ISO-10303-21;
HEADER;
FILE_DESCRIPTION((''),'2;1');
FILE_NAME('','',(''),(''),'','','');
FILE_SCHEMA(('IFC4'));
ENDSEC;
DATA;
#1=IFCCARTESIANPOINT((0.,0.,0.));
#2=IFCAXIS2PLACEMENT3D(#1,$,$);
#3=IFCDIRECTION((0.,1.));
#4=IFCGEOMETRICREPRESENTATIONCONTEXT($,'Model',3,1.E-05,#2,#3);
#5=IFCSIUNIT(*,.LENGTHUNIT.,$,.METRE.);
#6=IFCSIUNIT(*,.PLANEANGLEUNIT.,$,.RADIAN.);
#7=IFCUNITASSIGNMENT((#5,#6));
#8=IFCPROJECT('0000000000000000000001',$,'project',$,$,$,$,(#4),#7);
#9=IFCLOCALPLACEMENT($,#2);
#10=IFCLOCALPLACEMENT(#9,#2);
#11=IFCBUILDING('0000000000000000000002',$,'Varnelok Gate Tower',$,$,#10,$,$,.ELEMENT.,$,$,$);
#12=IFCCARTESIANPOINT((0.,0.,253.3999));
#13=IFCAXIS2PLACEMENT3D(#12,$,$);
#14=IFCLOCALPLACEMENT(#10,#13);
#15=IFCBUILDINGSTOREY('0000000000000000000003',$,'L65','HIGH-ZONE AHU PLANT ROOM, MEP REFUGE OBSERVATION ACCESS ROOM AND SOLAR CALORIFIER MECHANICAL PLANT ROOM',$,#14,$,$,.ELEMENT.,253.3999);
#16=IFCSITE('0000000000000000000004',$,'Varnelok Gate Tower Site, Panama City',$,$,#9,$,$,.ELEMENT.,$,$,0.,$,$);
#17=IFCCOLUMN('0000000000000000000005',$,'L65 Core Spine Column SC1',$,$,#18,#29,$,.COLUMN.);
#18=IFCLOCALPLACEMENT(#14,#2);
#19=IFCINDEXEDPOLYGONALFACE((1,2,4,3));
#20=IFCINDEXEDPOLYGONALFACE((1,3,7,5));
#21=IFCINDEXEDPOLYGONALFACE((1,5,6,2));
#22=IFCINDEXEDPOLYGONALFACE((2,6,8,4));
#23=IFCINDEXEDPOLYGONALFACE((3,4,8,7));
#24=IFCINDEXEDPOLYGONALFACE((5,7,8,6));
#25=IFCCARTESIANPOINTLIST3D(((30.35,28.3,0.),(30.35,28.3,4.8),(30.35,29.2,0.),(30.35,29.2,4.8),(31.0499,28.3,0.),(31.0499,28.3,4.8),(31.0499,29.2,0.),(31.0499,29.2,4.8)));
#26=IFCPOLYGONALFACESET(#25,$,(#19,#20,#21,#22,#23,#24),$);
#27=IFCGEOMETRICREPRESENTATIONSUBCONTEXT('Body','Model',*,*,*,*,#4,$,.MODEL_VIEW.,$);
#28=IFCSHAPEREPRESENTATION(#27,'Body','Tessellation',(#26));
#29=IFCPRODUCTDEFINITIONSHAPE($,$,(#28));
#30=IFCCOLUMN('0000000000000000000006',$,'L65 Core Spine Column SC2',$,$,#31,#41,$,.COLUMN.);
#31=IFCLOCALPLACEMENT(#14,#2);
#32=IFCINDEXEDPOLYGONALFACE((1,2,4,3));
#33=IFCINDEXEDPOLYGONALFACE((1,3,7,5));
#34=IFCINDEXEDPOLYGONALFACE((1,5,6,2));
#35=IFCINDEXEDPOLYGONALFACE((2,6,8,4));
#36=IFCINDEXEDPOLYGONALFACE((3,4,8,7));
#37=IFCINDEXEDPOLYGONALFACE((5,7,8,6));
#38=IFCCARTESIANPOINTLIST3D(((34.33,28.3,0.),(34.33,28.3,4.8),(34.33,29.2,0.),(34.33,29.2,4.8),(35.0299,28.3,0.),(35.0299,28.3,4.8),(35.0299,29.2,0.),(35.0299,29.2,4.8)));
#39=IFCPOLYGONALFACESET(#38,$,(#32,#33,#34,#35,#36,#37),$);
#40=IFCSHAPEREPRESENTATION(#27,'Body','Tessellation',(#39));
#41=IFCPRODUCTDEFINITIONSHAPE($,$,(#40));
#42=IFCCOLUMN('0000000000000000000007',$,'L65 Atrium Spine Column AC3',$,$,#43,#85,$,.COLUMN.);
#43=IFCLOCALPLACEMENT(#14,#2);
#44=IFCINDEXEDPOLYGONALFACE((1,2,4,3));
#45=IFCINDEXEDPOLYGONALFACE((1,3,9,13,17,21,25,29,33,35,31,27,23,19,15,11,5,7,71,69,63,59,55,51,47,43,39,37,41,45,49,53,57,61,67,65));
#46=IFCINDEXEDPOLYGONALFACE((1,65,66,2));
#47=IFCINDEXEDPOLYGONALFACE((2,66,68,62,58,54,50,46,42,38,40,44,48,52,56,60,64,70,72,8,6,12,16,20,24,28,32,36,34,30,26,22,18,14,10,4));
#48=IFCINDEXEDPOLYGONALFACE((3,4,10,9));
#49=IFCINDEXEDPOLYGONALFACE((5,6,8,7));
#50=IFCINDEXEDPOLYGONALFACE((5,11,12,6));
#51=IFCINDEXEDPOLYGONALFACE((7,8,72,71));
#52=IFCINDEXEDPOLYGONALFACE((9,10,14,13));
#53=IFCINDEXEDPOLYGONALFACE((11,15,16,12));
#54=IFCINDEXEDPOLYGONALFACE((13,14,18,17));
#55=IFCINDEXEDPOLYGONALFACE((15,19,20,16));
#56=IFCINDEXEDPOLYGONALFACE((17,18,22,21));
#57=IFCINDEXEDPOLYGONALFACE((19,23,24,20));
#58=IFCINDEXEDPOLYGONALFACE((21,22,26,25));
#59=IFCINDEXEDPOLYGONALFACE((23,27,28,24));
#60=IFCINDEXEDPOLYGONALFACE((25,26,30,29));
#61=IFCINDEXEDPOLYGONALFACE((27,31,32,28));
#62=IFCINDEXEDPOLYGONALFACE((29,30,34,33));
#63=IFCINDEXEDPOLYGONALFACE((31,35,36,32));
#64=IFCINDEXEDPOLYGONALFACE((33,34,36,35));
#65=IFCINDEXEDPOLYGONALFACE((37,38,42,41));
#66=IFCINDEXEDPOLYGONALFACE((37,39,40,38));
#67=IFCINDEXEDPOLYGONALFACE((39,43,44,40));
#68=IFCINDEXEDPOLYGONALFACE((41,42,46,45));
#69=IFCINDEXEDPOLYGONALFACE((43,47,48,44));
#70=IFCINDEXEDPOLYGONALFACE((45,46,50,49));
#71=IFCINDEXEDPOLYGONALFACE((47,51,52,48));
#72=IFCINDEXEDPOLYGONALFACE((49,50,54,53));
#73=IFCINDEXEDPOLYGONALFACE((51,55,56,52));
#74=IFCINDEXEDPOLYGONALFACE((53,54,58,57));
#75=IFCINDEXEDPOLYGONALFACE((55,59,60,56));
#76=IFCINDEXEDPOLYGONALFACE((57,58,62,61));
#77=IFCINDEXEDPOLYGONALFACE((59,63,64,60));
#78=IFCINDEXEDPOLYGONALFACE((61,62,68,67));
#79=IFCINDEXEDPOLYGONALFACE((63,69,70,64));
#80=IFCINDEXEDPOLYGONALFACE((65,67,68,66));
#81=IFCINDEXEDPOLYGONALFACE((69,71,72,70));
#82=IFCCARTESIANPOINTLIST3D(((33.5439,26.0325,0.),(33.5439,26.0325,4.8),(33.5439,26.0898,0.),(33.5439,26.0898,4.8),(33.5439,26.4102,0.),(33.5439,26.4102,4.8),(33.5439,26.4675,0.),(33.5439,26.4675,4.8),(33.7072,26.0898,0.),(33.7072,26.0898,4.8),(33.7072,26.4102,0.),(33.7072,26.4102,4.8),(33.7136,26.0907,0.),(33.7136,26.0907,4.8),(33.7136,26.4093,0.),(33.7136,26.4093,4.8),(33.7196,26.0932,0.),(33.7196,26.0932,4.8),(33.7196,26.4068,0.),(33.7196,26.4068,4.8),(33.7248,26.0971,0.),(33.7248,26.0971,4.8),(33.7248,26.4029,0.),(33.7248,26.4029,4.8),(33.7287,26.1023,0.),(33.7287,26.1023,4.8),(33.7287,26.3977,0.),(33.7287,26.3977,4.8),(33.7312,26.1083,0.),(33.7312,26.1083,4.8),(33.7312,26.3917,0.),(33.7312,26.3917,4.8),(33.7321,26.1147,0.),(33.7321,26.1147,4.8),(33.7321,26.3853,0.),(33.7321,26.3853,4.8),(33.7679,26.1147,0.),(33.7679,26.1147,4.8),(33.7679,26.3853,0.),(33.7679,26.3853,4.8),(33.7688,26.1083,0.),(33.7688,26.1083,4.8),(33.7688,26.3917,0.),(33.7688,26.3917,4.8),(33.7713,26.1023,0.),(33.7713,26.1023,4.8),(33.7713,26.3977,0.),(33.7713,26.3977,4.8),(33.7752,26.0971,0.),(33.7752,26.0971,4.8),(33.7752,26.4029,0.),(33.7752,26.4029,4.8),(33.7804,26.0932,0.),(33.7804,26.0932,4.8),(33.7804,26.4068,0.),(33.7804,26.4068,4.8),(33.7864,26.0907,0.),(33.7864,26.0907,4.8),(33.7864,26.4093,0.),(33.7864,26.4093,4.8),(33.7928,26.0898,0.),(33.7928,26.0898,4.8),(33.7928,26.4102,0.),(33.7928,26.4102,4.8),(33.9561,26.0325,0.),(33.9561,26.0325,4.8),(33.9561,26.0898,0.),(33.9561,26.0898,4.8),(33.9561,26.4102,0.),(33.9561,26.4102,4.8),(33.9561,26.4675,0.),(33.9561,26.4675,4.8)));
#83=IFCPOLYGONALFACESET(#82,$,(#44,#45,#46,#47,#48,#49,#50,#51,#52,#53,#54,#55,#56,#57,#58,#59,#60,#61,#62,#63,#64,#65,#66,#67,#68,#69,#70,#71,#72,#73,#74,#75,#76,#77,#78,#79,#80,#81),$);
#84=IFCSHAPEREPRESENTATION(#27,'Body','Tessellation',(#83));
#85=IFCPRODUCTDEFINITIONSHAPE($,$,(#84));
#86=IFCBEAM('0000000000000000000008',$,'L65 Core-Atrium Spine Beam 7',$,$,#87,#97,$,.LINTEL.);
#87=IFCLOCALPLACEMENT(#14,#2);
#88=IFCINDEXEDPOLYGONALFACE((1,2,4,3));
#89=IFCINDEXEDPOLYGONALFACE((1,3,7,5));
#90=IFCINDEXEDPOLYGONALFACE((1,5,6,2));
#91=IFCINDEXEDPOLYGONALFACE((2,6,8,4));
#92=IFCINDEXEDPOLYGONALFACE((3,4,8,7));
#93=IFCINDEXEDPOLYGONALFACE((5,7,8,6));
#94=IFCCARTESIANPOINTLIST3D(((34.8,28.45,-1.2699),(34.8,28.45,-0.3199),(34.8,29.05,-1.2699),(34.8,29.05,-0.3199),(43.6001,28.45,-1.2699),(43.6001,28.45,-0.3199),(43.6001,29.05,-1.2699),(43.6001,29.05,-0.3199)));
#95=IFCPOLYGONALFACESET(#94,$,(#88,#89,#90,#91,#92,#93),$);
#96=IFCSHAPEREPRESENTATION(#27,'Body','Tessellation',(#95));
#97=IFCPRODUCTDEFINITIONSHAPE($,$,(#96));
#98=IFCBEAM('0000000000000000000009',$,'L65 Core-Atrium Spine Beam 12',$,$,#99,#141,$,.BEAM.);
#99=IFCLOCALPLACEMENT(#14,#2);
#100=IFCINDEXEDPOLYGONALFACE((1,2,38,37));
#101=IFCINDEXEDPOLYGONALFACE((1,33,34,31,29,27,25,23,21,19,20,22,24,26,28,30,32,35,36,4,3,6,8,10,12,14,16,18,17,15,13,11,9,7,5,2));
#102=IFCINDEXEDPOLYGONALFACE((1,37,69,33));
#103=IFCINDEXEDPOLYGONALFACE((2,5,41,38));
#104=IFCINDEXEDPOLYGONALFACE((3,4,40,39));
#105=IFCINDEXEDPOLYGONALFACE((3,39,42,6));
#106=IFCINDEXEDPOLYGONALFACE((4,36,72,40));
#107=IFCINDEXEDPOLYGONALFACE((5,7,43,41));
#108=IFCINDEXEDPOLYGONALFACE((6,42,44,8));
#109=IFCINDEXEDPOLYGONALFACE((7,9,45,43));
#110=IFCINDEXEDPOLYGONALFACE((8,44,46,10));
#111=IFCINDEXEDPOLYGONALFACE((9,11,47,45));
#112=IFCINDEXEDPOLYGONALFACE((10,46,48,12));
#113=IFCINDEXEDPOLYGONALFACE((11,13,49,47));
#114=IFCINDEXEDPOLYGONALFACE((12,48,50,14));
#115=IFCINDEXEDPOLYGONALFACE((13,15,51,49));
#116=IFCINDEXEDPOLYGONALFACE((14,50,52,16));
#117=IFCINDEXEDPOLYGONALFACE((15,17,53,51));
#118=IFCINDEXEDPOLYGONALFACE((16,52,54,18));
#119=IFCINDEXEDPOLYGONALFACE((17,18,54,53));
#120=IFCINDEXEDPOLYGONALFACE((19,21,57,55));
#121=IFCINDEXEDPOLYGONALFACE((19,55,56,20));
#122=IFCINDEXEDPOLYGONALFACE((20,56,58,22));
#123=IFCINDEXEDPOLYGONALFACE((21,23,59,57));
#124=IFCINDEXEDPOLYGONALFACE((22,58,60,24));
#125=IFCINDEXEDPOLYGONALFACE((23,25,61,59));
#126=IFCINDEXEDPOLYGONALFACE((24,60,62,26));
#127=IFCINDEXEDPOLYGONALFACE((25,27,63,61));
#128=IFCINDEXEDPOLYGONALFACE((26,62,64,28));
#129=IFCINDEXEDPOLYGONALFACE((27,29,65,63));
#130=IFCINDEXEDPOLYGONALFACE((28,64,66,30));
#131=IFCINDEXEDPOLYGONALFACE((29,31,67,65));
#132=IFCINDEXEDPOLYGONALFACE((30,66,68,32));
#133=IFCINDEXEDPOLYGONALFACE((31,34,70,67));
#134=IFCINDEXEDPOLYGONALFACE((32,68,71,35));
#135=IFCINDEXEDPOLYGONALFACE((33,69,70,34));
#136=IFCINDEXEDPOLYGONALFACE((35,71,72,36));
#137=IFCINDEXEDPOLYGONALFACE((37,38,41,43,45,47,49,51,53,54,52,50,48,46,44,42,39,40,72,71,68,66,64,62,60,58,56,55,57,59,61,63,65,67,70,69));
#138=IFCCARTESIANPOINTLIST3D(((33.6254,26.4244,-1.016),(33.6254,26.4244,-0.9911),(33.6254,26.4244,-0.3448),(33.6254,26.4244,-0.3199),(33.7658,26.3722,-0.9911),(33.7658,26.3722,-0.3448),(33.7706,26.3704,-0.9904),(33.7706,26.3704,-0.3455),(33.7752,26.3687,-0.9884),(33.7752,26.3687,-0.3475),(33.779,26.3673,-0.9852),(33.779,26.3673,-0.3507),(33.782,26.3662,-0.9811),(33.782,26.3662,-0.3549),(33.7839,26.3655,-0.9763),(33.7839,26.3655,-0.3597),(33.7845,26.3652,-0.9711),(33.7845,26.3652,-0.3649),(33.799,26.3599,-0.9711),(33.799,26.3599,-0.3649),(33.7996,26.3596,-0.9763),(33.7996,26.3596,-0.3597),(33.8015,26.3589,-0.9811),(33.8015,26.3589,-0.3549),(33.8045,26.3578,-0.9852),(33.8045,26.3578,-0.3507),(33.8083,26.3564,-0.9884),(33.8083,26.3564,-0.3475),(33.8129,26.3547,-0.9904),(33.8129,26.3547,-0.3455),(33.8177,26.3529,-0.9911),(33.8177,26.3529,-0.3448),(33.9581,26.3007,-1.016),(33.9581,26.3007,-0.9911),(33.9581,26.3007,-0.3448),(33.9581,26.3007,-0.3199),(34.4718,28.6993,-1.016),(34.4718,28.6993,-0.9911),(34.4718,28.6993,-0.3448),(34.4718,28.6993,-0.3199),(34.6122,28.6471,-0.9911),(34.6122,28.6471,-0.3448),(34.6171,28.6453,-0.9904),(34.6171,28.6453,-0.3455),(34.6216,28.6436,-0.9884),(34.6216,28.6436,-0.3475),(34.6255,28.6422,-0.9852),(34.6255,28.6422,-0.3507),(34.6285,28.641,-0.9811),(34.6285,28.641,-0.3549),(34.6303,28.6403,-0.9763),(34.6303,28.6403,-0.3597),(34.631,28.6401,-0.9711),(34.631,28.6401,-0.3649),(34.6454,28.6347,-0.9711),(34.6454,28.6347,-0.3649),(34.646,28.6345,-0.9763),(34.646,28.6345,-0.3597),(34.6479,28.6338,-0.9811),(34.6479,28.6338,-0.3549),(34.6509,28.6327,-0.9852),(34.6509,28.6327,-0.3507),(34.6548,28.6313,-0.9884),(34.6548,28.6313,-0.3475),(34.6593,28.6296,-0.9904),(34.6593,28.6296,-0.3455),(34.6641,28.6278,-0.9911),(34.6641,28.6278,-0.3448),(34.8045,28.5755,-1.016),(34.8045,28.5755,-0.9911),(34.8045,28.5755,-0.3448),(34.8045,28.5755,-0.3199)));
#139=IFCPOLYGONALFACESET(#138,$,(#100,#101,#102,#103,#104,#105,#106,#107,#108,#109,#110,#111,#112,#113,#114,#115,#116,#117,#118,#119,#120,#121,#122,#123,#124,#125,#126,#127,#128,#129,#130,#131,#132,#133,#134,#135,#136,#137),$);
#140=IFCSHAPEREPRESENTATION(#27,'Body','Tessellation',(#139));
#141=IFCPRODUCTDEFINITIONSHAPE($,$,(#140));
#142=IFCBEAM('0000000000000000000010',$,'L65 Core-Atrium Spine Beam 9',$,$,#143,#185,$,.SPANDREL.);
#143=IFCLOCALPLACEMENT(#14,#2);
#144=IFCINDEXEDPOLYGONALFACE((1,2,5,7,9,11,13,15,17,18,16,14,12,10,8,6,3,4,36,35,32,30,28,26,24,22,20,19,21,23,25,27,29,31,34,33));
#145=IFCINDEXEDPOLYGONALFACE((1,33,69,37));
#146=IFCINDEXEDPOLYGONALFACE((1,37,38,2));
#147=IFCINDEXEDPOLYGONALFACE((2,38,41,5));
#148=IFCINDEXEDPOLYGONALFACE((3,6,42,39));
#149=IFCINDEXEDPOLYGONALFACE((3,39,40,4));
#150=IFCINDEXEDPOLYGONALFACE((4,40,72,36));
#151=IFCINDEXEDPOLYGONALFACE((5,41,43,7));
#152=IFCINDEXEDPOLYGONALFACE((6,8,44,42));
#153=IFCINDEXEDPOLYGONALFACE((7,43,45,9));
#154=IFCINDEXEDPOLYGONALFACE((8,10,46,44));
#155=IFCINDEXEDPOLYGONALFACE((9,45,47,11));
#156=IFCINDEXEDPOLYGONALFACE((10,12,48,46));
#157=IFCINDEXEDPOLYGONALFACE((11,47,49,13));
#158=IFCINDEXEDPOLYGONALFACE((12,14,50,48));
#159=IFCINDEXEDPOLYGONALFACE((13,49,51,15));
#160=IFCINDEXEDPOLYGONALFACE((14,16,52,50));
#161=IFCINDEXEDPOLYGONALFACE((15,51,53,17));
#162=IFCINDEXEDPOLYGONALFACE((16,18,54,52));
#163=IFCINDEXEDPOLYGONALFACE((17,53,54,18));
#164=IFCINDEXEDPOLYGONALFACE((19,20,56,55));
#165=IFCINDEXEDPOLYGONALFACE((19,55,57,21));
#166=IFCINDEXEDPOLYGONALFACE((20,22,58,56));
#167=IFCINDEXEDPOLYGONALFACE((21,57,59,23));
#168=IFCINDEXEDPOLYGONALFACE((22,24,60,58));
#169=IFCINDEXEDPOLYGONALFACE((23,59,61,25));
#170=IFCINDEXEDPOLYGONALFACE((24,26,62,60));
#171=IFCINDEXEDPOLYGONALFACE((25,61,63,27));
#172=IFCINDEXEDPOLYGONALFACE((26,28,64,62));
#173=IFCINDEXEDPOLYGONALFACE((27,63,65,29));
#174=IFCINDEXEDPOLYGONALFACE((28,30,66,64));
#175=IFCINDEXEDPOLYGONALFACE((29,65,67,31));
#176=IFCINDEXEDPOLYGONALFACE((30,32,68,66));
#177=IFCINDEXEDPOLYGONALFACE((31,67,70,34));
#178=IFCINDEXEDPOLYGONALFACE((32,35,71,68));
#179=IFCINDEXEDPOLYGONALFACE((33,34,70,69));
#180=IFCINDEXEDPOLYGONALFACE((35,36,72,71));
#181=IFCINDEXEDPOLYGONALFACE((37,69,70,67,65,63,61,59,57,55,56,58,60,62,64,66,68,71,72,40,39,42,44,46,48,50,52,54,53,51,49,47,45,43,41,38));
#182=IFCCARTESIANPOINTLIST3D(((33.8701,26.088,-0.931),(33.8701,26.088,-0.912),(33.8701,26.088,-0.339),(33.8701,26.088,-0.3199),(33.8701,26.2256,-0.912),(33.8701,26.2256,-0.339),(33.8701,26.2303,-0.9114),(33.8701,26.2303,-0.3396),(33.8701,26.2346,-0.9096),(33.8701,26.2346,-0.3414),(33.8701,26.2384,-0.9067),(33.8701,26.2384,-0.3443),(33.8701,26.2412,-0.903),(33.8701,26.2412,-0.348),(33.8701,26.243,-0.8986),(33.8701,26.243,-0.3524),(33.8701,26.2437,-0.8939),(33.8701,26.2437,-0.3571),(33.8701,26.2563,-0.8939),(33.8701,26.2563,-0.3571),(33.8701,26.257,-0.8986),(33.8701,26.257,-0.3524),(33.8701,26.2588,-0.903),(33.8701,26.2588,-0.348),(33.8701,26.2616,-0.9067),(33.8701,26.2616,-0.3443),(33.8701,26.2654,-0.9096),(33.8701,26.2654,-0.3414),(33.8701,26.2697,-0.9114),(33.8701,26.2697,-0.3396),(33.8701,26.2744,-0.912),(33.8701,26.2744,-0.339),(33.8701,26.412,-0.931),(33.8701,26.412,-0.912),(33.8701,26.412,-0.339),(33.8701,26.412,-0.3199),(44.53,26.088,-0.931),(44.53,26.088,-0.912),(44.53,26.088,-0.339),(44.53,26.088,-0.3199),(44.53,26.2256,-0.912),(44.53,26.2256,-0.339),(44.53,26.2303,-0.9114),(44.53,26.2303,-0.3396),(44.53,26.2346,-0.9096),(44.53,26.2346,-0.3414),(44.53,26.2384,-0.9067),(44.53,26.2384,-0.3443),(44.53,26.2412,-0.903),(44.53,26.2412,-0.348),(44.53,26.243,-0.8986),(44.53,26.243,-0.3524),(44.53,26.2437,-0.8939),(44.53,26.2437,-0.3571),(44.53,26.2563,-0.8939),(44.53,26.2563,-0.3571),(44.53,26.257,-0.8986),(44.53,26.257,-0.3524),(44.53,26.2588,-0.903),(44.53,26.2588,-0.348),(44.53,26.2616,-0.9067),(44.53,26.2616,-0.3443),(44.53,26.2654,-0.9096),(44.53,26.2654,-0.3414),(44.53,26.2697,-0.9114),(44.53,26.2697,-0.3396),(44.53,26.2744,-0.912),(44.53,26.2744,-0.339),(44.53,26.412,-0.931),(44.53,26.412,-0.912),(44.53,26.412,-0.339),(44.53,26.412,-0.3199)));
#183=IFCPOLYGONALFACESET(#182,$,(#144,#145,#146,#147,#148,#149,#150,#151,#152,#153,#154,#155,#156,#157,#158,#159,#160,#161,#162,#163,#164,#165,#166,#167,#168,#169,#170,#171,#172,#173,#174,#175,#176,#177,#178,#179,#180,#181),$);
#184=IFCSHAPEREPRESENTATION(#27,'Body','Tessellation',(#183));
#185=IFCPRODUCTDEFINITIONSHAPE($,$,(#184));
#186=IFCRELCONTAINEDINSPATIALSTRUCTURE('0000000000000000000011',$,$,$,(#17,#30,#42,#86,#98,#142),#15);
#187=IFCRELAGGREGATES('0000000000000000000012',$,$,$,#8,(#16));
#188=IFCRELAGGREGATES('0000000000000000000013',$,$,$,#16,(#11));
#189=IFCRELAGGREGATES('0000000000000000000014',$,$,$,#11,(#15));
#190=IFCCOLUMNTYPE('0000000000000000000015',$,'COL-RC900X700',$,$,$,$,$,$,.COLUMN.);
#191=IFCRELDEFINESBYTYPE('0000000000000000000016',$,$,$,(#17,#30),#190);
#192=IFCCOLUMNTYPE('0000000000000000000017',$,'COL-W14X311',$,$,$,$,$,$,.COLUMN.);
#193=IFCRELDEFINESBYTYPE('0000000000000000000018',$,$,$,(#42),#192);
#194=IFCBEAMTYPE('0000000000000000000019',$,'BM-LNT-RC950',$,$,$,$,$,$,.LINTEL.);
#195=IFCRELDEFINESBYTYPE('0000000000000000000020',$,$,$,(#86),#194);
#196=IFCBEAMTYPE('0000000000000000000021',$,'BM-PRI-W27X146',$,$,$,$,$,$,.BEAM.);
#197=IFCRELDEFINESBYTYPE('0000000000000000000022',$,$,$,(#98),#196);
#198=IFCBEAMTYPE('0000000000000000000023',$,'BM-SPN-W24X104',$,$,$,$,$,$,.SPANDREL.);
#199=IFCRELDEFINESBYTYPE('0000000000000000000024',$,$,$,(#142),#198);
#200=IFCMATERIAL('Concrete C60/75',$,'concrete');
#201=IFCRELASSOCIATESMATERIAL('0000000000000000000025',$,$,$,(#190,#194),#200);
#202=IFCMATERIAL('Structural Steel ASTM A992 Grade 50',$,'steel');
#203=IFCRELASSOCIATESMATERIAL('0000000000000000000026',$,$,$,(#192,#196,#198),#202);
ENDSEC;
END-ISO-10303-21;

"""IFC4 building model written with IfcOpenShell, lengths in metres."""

from ifc_helpers import new_model, si_unit, direction, frame, origin, origin_2d, place, context, subcontext, project, spatial, rectangle, i_section, extrude, material, material_profile, profile_set, type_object, element, save


model = new_model("IFC4")

# Units and contexts
model_context = context("Model", 3, precision=1e-05, world=origin(), true_north=direction((0.0, 1.0)))
body_context = subcontext(model_context, "Body", "Model", "MODEL_VIEW")
ifc_project = project(units=[si_unit("LENGTHUNIT", "METRE"), si_unit("PLANEANGLEUNIT", "RADIAN")], contexts=[model_context])

# Site, building, storey
site_placement = place(None, origin())
site = spatial("IfcSite", under=ifc_project, at=site_placement, Name="Varnelok Gate Tower Site, Panama City", CompositionType="ELEMENT", RefElevation=0.0)
building_placement = place(site_placement, origin())
building = spatial("IfcBuilding", under=site, at=building_placement, Name="Varnelok Gate Tower", CompositionType="ELEMENT")
storey_placement = place(building_placement, frame((0.0, 0.0, 253.3999)))
storey = spatial("IfcBuildingStorey", under=building, at=storey_placement, Name="L65", Description="HIGH-ZONE AHU PLANT ROOM, MEP REFUGE OBSERVATION ACCESS ROOM AND SOLAR CALORIFIER MECHANICAL PLANT ROOM", CompositionType="ELEMENT", Elevation=253.3999)

# Columns
ifc_material_1 = material(Name="Concrete C60/75", Category="concrete")
ifc_material_profile_1 = material_profile(ifc_material_1, rectangle(XDim=0.7, YDim=0.8999, at=origin_2d()), Name="RC900X700")
ifc_profile_set_1 = profile_set([ifc_material_profile_1], Name="Concrete C60/75")
column_type_1 = type_object("IfcColumnType", Name="COL-RC900X700", PredefinedType="COLUMN", material=ifc_profile_set_1)
for number, where, z_axis, x_axis, name in (
    (1, (30.7, 28.75, 0.0), (0.0, 0.0, 1.0), (1.0, 0.0, 0.0), "L65 Core Spine Column SC1"),
    (2, (34.6799, 28.75, 0.0), (0.0, 0.0, 1.0), (1.0, 0.0, 0.0), "L65 Core Spine Column SC2"),
):
    element("IfcColumn", number, at=place(storey_placement, frame(where, z_axis=z_axis, x_axis=x_axis)), inside=storey, type_object=column_type_1, Name=name, PredefinedType="COLUMN", context=body_context, shape_type="SweptSolid", body=[
        extrude(rectangle(XDim=0.7, YDim=0.8999, at=origin_2d()), origin(), (0.0, 0.0, 1.0), 4.8),
    ])
ifc_material_2 = material(Name="Structural Steel ASTM A992 Grade 50", Category="steel")
ifc_material_profile_2 = material_profile(ifc_material_2, i_section(OverallWidth=0.4121, OverallDepth=0.4351, WebThickness=0.0359, FlangeThickness=0.0574, FilletRadius=0.0249, at=origin_2d()), Name="W14X311")
ifc_profile_set_2 = profile_set([ifc_material_profile_2], Name="Structural Steel ASTM A992 Grade 50")
column_type_2 = type_object("IfcColumnType", Name="COL-W14X311", PredefinedType="COLUMN", material=ifc_profile_set_2)
column_placement = place(storey_placement, frame((33.75, 26.25, 0.0), z_axis=(0.0, 0.0, 1.0), x_axis=(1.0, 0.0, 0.0)))
element("IfcColumn", 3, at=column_placement, inside=storey, type_object=column_type_2, Name="L65 Atrium Spine Column AC3", PredefinedType="COLUMN", context=body_context, shape_type="SweptSolid", body=[
    extrude(i_section(OverallWidth=0.4121, OverallDepth=0.4351, WebThickness=0.0359, FlangeThickness=0.0574, FilletRadius=0.0249, at=origin_2d()), origin(), (0.0, 0.0, 1.0), 4.8),
])

# Beams
ifc_material_profile_3 = material_profile(ifc_material_1, rectangle(XDim=0.6001, YDim=0.95, at=origin_2d()), Name="RC950X600")
ifc_profile_set_3 = profile_set([ifc_material_profile_3], Name="Concrete C60/75")
beam_type_1 = type_object("IfcBeamType", Name="BM-LNT-RC950", PredefinedType="LINTEL", material=ifc_profile_set_3)
beam_1_placement = place(storey_placement, frame((34.8, 28.75, -0.7949), z_axis=(1.0, 0.0, 0.0), x_axis=(0.0, 1.0, 0.0)))
element("IfcBeam", 4, at=beam_1_placement, inside=storey, type_object=beam_type_1, Name="L65 Core-Atrium Spine Beam 7", PredefinedType="LINTEL", context=body_context, shape_type="SweptSolid", body=[
    extrude(rectangle(XDim=0.6001, YDim=0.95, at=origin_2d()), origin(), (0.0, 0.0, 1.0), 8.8),
])
ifc_material_profile_4 = material_profile(ifc_material_2, i_section(OverallWidth=0.355, OverallDepth=0.696, WebThickness=0.0154, FlangeThickness=0.0249, FilletRadius=0.02, at=origin_2d()), Name="W27X146")
ifc_profile_set_4 = profile_set([ifc_material_profile_4], Name="Structural Steel ASTM A992 Grade 50")
beam_type_2 = type_object("IfcBeamType", Name="BM-PRI-W27X146", PredefinedType="BEAM", material=ifc_profile_set_4)
beam_2_placement = place(storey_placement, frame((33.7917, 26.3625, -0.668), z_axis=(0.348719, 0.937227, 0.0), x_axis=(-0.937227, 0.348719, 0.0)))
element("IfcBeam", 5, at=beam_2_placement, inside=storey, type_object=beam_type_2, Name="L65 Core-Atrium Spine Beam 12", PredefinedType="BEAM", context=body_context, shape_type="SweptSolid", body=[
    extrude(i_section(OverallWidth=0.355, OverallDepth=0.696, WebThickness=0.0154, FlangeThickness=0.0249, FilletRadius=0.02, at=origin_2d()), origin(), (0.0, 0.0, 1.0), 2.4272),
])
ifc_material_profile_5 = material_profile(ifc_material_2, i_section(OverallWidth=0.324, OverallDepth=0.6111, WebThickness=0.0127, FlangeThickness=0.019, FilletRadius=0.0181, at=origin_2d()), Name="W24X104")
ifc_profile_set_5 = profile_set([ifc_material_profile_5], Name="Structural Steel ASTM A992 Grade 50")
beam_type_3 = type_object("IfcBeamType", Name="BM-SPN-W24X104", PredefinedType="SPANDREL", material=ifc_profile_set_5)
beam_3_placement = place(storey_placement, frame((33.8701, 26.25, -0.6255), z_axis=(1.0, 0.0, 0.0), x_axis=(0.0, 1.0, 0.0)))
element("IfcBeam", 6, at=beam_3_placement, inside=storey, type_object=beam_type_3, Name="L65 Core-Atrium Spine Beam 9", PredefinedType="SPANDREL", context=body_context, shape_type="SweptSolid", body=[
    extrude(i_section(OverallWidth=0.324, OverallDepth=0.6111, WebThickness=0.0127, FlangeThickness=0.019, FilletRadius=0.0181, at=origin_2d()), origin(), (0.0, 0.0, 1.0), 10.6599),
])

save(model, "model.ifc")
